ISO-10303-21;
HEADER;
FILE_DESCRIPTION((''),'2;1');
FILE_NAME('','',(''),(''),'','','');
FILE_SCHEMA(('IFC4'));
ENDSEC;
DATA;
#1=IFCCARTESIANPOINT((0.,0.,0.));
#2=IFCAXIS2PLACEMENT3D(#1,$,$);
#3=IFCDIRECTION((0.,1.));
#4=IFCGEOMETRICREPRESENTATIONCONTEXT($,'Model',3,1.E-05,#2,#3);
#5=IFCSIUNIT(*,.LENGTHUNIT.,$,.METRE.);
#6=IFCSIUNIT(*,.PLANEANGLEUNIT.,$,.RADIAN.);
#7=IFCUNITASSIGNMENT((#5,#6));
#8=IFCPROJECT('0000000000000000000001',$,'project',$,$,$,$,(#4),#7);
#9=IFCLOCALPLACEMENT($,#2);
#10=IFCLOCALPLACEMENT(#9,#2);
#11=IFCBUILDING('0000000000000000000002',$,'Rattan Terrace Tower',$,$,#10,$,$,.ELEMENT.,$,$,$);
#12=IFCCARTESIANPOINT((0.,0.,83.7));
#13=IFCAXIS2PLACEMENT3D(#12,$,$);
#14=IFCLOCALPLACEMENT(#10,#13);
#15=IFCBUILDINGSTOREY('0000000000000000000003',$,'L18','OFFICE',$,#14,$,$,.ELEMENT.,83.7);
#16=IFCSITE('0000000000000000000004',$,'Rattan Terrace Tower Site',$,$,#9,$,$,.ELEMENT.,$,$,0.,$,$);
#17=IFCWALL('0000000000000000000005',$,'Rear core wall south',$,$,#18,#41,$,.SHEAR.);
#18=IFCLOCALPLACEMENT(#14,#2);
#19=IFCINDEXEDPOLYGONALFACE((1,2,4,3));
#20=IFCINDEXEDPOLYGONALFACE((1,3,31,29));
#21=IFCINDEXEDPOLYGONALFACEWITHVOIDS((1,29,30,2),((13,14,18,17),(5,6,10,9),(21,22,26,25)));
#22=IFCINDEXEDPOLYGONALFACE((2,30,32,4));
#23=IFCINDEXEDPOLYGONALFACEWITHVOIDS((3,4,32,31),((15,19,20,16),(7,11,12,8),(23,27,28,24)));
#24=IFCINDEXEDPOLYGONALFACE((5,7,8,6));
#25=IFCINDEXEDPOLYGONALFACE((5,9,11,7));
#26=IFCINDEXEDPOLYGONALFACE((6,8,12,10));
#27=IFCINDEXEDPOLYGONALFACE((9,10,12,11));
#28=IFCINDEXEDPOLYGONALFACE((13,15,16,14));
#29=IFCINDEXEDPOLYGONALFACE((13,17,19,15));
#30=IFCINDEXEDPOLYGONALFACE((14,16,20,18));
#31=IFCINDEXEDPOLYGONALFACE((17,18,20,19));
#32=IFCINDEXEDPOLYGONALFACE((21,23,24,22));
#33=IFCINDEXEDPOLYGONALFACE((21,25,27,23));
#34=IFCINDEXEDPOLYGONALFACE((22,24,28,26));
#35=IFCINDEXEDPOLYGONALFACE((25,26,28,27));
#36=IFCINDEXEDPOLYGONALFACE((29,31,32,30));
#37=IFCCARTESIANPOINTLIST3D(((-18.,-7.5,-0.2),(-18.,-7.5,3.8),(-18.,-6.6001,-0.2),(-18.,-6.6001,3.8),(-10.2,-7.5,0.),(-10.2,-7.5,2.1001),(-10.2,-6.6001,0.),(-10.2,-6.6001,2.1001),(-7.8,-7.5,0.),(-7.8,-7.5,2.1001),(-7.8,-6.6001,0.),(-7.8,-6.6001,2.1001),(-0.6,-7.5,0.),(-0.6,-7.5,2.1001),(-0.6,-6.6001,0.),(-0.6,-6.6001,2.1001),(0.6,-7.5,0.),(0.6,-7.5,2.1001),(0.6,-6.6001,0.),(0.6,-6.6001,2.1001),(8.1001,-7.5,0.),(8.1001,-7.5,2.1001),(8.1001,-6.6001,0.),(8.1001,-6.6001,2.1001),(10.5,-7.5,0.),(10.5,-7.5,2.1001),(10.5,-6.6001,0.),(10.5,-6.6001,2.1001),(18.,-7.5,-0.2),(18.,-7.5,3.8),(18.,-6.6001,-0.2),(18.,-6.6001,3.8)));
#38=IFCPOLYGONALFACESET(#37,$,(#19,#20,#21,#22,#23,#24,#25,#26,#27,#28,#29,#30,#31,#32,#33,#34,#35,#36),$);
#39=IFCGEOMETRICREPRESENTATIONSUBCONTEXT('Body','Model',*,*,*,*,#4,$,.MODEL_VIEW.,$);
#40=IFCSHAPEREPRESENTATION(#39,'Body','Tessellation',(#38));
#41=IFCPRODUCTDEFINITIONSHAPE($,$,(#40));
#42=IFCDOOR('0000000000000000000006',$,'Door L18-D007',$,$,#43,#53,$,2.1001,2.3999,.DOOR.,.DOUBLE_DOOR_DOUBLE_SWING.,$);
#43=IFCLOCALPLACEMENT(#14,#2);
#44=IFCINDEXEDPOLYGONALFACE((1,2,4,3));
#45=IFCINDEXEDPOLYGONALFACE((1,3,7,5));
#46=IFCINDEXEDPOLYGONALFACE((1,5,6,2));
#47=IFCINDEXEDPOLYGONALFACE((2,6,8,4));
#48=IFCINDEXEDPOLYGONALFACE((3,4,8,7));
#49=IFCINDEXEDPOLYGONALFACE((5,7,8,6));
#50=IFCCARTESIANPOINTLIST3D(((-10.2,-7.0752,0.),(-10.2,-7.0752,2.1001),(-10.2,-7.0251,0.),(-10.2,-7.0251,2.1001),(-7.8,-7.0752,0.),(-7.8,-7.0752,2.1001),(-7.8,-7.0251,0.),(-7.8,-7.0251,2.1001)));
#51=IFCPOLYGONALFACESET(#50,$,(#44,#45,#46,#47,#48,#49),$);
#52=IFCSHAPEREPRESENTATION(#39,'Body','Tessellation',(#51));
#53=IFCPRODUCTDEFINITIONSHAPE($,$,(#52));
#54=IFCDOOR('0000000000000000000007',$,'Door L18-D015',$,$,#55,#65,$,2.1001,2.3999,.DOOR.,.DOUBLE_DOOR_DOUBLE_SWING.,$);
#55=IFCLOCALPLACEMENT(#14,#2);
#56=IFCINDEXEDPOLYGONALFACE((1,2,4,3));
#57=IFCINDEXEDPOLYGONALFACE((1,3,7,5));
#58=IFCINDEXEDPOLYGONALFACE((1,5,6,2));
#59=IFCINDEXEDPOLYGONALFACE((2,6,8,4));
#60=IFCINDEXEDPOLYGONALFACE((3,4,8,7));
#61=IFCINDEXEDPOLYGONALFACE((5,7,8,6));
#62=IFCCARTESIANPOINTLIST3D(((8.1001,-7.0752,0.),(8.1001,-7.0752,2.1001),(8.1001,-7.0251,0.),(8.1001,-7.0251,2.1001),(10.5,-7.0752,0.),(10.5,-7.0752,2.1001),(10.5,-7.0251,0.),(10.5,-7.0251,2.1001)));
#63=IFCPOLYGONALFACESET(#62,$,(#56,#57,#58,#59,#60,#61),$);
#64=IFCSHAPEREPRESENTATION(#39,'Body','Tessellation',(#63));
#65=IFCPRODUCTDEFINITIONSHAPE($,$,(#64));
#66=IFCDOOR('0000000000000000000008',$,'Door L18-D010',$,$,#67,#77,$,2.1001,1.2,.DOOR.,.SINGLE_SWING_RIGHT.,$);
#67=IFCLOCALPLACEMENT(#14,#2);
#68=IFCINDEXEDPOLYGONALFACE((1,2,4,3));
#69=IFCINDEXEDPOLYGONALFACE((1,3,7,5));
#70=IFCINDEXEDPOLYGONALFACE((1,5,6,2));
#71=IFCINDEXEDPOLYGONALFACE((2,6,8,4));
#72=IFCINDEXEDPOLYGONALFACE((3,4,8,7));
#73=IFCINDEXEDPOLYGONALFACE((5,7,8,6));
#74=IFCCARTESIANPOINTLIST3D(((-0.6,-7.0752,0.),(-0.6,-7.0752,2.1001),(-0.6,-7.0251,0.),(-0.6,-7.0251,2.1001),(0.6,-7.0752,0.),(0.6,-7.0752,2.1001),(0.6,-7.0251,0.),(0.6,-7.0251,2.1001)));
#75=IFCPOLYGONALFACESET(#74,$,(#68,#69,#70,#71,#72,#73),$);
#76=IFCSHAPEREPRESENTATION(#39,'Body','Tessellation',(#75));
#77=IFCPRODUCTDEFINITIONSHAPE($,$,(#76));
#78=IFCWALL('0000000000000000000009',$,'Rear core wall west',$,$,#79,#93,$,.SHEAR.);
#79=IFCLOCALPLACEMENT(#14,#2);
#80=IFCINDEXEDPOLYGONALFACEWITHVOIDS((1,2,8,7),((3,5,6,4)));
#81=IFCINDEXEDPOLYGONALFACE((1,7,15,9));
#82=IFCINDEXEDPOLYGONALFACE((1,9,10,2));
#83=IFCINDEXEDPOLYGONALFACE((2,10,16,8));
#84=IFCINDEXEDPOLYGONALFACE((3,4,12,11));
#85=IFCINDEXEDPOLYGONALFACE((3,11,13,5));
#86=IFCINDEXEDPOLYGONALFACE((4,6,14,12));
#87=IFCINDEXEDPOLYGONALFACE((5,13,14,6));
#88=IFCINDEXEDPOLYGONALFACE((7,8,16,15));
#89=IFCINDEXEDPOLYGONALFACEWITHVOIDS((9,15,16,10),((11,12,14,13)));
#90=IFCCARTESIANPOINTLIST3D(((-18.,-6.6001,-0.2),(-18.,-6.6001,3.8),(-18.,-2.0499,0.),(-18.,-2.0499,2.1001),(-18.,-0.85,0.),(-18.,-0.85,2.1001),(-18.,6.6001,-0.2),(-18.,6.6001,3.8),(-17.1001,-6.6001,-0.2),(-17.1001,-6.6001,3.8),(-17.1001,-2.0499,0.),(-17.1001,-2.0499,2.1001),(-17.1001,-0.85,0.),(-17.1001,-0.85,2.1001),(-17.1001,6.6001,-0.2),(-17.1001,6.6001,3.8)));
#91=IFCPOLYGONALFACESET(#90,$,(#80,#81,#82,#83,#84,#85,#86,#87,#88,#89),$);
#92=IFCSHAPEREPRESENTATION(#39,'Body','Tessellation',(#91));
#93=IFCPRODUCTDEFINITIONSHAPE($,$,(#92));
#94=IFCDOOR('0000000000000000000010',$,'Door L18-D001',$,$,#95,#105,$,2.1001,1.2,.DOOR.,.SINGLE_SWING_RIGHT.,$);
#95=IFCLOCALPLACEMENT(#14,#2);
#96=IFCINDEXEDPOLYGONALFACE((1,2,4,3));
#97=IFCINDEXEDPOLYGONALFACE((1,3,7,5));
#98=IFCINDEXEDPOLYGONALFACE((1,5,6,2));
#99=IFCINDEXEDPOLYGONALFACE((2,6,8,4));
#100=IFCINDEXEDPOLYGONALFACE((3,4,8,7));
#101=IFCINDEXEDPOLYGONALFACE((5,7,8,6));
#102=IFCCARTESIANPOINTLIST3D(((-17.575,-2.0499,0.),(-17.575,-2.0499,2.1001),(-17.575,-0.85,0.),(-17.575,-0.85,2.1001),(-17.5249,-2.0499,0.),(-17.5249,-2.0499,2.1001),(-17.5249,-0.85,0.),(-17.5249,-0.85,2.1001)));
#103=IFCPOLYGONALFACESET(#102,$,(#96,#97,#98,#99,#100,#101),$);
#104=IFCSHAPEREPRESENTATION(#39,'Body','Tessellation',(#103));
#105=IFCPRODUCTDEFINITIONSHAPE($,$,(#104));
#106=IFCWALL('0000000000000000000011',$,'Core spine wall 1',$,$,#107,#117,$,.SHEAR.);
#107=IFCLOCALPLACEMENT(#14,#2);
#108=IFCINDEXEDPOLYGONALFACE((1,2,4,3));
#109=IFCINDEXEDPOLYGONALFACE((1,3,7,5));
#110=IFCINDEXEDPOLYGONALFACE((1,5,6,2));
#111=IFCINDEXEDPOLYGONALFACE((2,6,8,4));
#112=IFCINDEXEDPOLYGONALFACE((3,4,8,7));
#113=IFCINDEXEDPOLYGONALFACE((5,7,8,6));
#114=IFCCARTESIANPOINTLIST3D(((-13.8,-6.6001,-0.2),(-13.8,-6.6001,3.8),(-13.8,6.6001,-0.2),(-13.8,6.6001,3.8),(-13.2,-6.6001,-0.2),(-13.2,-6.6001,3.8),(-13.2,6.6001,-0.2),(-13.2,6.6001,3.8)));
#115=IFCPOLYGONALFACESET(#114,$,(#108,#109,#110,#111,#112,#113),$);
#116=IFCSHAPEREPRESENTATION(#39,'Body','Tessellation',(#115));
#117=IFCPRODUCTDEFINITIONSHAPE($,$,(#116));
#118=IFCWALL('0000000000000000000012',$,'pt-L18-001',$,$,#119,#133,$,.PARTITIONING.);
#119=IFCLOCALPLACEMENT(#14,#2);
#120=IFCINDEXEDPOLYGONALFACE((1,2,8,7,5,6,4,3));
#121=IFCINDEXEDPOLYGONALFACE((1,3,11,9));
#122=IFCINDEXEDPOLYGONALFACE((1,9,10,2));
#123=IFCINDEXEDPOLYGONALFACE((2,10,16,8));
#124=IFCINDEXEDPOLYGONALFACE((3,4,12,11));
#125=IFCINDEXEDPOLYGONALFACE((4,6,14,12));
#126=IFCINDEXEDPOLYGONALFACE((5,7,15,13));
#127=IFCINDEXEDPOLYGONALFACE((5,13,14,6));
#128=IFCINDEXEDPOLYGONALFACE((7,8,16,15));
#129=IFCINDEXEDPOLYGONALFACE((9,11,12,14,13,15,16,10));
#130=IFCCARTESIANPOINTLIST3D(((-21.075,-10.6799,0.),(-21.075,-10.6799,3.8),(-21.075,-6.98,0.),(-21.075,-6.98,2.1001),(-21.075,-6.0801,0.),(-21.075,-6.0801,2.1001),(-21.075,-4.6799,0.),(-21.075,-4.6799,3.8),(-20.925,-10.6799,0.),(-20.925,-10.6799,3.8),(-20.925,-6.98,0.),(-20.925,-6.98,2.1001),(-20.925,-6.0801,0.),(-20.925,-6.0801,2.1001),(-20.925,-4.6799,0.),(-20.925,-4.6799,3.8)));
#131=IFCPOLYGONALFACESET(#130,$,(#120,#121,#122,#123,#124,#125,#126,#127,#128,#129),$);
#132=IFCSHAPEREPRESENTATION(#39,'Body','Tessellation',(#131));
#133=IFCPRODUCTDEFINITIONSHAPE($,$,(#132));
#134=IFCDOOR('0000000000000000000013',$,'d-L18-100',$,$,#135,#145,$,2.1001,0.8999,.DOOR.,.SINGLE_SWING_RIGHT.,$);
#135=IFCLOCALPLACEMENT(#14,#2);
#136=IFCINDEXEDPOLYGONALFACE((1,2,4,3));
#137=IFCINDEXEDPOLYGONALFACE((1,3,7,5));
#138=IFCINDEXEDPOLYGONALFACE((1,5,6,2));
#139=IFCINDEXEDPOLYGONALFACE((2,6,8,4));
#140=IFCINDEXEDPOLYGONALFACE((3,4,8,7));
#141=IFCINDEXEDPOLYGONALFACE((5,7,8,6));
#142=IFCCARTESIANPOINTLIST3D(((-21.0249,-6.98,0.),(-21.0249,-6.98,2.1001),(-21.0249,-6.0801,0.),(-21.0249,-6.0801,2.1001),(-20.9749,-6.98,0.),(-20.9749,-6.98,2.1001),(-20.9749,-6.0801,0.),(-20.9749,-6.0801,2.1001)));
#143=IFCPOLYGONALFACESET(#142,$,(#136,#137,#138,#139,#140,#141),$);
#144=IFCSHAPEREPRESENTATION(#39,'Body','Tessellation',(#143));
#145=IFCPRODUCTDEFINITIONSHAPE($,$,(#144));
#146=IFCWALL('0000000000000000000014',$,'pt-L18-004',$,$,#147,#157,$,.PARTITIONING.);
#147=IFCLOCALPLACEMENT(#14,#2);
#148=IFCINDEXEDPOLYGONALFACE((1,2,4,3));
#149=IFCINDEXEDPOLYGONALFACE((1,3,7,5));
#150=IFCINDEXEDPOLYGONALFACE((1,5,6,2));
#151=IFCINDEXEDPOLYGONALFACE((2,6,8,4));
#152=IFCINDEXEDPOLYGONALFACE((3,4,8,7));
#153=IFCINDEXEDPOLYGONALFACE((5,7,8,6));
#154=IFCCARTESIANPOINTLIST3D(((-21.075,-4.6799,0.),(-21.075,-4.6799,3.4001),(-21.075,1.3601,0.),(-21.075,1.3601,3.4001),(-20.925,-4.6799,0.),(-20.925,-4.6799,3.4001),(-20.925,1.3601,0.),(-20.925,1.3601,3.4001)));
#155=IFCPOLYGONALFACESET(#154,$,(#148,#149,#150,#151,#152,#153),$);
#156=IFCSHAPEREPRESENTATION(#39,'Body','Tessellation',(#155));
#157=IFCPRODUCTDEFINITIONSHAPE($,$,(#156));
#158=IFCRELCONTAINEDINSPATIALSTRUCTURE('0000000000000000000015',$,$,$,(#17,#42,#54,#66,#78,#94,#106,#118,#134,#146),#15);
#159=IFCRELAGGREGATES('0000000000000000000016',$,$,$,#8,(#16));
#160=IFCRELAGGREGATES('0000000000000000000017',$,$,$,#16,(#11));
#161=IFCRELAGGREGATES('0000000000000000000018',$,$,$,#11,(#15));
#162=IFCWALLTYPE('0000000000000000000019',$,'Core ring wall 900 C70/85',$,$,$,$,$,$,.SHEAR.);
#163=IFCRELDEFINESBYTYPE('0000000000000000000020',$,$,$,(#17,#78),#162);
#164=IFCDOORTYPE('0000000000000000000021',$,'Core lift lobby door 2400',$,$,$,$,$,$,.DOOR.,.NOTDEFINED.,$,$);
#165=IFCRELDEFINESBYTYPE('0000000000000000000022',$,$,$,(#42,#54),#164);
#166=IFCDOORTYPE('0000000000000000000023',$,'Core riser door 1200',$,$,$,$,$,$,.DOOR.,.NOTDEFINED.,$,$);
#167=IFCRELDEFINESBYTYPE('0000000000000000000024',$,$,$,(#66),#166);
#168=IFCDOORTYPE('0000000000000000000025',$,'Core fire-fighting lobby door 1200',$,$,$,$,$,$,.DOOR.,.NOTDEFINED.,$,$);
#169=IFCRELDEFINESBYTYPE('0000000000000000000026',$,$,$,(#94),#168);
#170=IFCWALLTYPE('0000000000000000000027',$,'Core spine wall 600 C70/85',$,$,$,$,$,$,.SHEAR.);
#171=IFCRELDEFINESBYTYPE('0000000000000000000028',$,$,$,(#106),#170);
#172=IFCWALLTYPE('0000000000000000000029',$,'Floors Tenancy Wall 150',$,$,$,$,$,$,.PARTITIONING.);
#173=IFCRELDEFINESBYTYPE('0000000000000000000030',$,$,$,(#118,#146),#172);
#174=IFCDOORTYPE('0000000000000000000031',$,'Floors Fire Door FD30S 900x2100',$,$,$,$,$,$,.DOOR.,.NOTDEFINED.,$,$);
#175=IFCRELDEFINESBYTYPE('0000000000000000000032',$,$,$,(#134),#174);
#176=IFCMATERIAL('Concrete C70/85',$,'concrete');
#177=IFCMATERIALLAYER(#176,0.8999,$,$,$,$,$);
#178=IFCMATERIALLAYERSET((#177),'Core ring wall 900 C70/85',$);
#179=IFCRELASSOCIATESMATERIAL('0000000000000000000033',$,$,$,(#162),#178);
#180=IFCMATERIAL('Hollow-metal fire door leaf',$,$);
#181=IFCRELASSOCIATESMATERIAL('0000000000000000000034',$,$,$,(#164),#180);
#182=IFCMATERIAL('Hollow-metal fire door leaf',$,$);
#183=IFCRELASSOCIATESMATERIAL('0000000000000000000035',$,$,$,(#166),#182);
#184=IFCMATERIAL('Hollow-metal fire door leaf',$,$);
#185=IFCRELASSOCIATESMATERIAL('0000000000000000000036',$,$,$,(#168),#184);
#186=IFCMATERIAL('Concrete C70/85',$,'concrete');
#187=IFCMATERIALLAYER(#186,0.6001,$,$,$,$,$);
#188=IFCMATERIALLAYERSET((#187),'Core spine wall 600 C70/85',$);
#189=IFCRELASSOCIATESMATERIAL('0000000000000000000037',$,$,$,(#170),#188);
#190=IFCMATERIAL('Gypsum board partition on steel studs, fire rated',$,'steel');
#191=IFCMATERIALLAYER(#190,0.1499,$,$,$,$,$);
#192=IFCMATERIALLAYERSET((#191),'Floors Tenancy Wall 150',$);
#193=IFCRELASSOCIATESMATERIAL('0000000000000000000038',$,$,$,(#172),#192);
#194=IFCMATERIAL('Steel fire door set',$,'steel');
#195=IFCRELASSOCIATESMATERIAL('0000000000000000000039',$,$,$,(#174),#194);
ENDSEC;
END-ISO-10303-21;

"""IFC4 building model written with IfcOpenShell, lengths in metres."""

from ifc_helpers import new_model, si_unit, direction, frame, frame_2d, origin, place, context, subcontext, project, spatial, rectangle, extrude, material, layer, layer_set, type_object, element, fill, save


model = new_model("IFC4")

# Units and contexts
model_context = context("Model", 3, precision=1e-05, world=origin(), true_north=direction((0.0, 1.0)))
body_context = subcontext(model_context, "Body", "Model", "MODEL_VIEW")
ifc_project = project(units=[si_unit("LENGTHUNIT", "METRE"), si_unit("PLANEANGLEUNIT", "RADIAN")], contexts=[model_context])

# Site, building, storey
site_placement = place(None, origin())
site = spatial("IfcSite", under=ifc_project, at=site_placement, Name="Rattan Terrace Tower Site", CompositionType="ELEMENT", RefElevation=0.0)
building_placement = place(site_placement, origin())
building = spatial("IfcBuilding", under=site, at=building_placement, Name="Rattan Terrace Tower", CompositionType="ELEMENT")
storey_placement = place(building_placement, frame((0.0, 0.0, 83.7)))
storey = spatial("IfcBuildingStorey", under=building, at=storey_placement, Name="L18", Description="OFFICE", CompositionType="ELEMENT", Elevation=83.7)

# Wall, openings, doors
ifc_material_1 = material(Name="Concrete C70/85", Category="concrete")
ifc_layer_1 = layer(ifc_material_1, 0.8999)
ifc_layer_set_1 = layer_set([ifc_layer_1], Name="Core ring wall 900 C70/85")
wall_type_1 = type_object("IfcWallType", Name="Core ring wall 900 C70/85", PredefinedType="SHEAR", material=ifc_layer_set_1)
wall_1_placement = place(storey_placement, frame((-18.0, -7.05, -0.2), z_axis=(0.0, 0.0, 1.0), x_axis=(1.0, 0.0, 0.0)))
wall_1 = element("IfcWall", 1, at=wall_1_placement, inside=storey, type_object=wall_type_1, Name="Rear core wall south", PredefinedType="SHEAR", context=body_context, shape_type="SweptSolid", body=[
    extrude(rectangle(XDim=36.0, YDim=0.8999, at=frame_2d((18.0, 0.0))), origin(), (0.0, 0.0, 1.0), 4.0),
])
opening_1_placement = place(wall_1_placement, frame((7.8, 0.0, 0.2)))
opening_1 = element("IfcOpeningElement", 2, at=opening_1_placement, cuts=wall_1, PredefinedType="OPENING", context=body_context, shape_type="SweptSolid", body=[
    extrude(rectangle(XDim=2.3999, YDim=2.1001, at=frame_2d((1.2, 1.05))), frame((0.0, 0.4604, 0.0), z_axis=(0.0, -1.0, 0.0), x_axis=(1.0, 0.0, 0.0)), (0.0, 0.0, 1.0), 0.9209),
])
opening_2_placement = place(wall_1_placement, frame((17.3999, 0.0, 0.2)))
opening_2 = element("IfcOpeningElement", 3, at=opening_2_placement, cuts=wall_1, PredefinedType="OPENING", context=body_context, shape_type="SweptSolid", body=[
    extrude(rectangle(XDim=1.2, YDim=2.1001, at=frame_2d((0.6001, 1.05))), frame((0.0, 0.4604, 0.0), z_axis=(0.0, -1.0, 0.0), x_axis=(1.0, 0.0, 0.0)), (0.0, 0.0, 1.0), 0.9209),
])
opening_3_placement = place(wall_1_placement, frame((26.1001, 0.0, 0.2)))
opening_3 = element("IfcOpeningElement", 4, at=opening_3_placement, cuts=wall_1, PredefinedType="OPENING", context=body_context, shape_type="SweptSolid", body=[
    extrude(rectangle(XDim=2.3999, YDim=2.1001, at=frame_2d((1.2, 1.05))), frame((0.0, 0.4604, 0.0), z_axis=(0.0, -1.0, 0.0), x_axis=(1.0, 0.0, 0.0)), (0.0, 0.0, 1.0), 0.9209),
])
ifc_material_2 = material(Name="Hollow-metal fire door leaf")
door_type_1 = type_object("IfcDoorType", Name="Core lift lobby door 2400", OperationType="NOTDEFINED", PredefinedType="DOOR", material=ifc_material_2)
door_1_placement = place(opening_1_placement, origin())
door_1 = element("IfcDoor", 5, at=door_1_placement, inside=storey, type_object=door_type_1, Name="Door L18-D007", OperationType="DOUBLE_DOOR_DOUBLE_SWING", OverallHeight=2.1001, OverallWidth=2.3999, PredefinedType="DOOR", context=body_context, shape_type="SweptSolid", body=[
    extrude(rectangle(XDim=2.3999, YDim=2.1001, at=frame_2d((1.2, 1.05))), frame((0.0, 0.0249, 0.0), z_axis=(0.0, -1.0, 0.0), x_axis=(1.0, 0.0, 0.0)), (0.0, 0.0, 1.0), 0.05),
])
fill(opening_1, door_1)
door_2_placement = place(opening_3_placement, origin())
door_2 = element("IfcDoor", 6, at=door_2_placement, inside=storey, type_object=door_type_1, Name="Door L18-D015", OperationType="DOUBLE_DOOR_DOUBLE_SWING", OverallHeight=2.1001, OverallWidth=2.3999, PredefinedType="DOOR", context=body_context, shape_type="SweptSolid", body=[
    extrude(rectangle(XDim=2.3999, YDim=2.1001, at=frame_2d((1.2, 1.05))), frame((0.0, 0.0249, 0.0), z_axis=(0.0, -1.0, 0.0), x_axis=(1.0, 0.0, 0.0)), (0.0, 0.0, 1.0), 0.05),
])
fill(opening_3, door_2)
ifc_material_3 = material(Name="Hollow-metal fire door leaf")
door_type_2 = type_object("IfcDoorType", Name="Core riser door 1200", OperationType="NOTDEFINED", PredefinedType="DOOR", material=ifc_material_3)
door_3_placement = place(opening_2_placement, origin())
door_3 = element("IfcDoor", 7, at=door_3_placement, inside=storey, type_object=door_type_2, Name="Door L18-D010", OperationType="SINGLE_SWING_RIGHT", OverallHeight=2.1001, OverallWidth=1.2, PredefinedType="DOOR", context=body_context, shape_type="SweptSolid", body=[
    extrude(rectangle(XDim=1.2, YDim=2.1001, at=frame_2d((0.6001, 1.05))), frame((0.0, 0.0249, 0.0), z_axis=(0.0, -1.0, 0.0), x_axis=(1.0, 0.0, 0.0)), (0.0, 0.0, 1.0), 0.05),
])
fill(opening_2, door_3)

# Wall, opening, door
wall_2_placement = place(storey_placement, frame((-17.55, -6.6001, -0.2), z_axis=(0.0, 0.0, 1.0), x_axis=(0.0, 1.0, 0.0)))
wall_2 = element("IfcWall", 8, at=wall_2_placement, inside=storey, type_object=wall_type_1, Name="Rear core wall west", PredefinedType="SHEAR", context=body_context, shape_type="SweptSolid", body=[
    extrude(rectangle(XDim=13.2002, YDim=0.8999, at=frame_2d((6.6001, 0.0))), origin(), (0.0, 0.0, 1.0), 4.0),
])
opening_4_placement = place(wall_2_placement, frame((4.55, 0.0, 0.2)))
opening_4 = element("IfcOpeningElement", 9, at=opening_4_placement, cuts=wall_2, PredefinedType="OPENING", context=body_context, shape_type="SweptSolid", body=[
    extrude(rectangle(XDim=1.2, YDim=2.1001, at=frame_2d((0.6001, 1.05))), frame((0.0, 0.4604, 0.0), z_axis=(0.0, -1.0, 0.0), x_axis=(1.0, 0.0, 0.0)), (0.0, 0.0, 1.0), 0.9209),
])
ifc_material_4 = material(Name="Hollow-metal fire door leaf")
door_type_3 = type_object("IfcDoorType", Name="Core fire-fighting lobby door 1200", OperationType="NOTDEFINED", PredefinedType="DOOR", material=ifc_material_4)
door_4_placement = place(opening_4_placement, origin())
door_4 = element("IfcDoor", 10, at=door_4_placement, inside=storey, type_object=door_type_3, Name="Door L18-D001", OperationType="SINGLE_SWING_RIGHT", OverallHeight=2.1001, OverallWidth=1.2, PredefinedType="DOOR", context=body_context, shape_type="SweptSolid", body=[
    extrude(rectangle(XDim=1.2, YDim=2.1001, at=frame_2d((0.6001, 1.05))), frame((0.0, 0.0249, 0.0), z_axis=(0.0, -1.0, 0.0), x_axis=(1.0, 0.0, 0.0)), (0.0, 0.0, 1.0), 0.05),
])
fill(opening_4, door_4)

# Wall
ifc_material_5 = material(Name="Concrete C70/85", Category="concrete")
ifc_layer_2 = layer(ifc_material_5, 0.6001)
ifc_layer_set_2 = layer_set([ifc_layer_2], Name="Core spine wall 600 C70/85")
wall_type_2 = type_object("IfcWallType", Name="Core spine wall 600 C70/85", PredefinedType="SHEAR", material=ifc_layer_set_2)
wall_3_placement = place(storey_placement, frame((-13.5, -6.6001, -0.2), z_axis=(0.0, 0.0, 1.0), x_axis=(0.0, 1.0, 0.0)))
element("IfcWall", 11, at=wall_3_placement, inside=storey, type_object=wall_type_2, Name="Core spine wall 1", PredefinedType="SHEAR", context=body_context, shape_type="SweptSolid", body=[
    extrude(rectangle(XDim=13.2002, YDim=0.6001, at=frame_2d((6.6001, 0.0))), origin(), (0.0, 0.0, 1.0), 4.0),
])

# Wall, opening, door
ifc_material_6 = material(Name="Gypsum board partition on steel studs, fire rated", Category="steel")
ifc_layer_3 = layer(ifc_material_6, 0.1499)
ifc_layer_set_3 = layer_set([ifc_layer_3], Name="Floors Tenancy Wall 150")
wall_type_3 = type_object("IfcWallType", Name="Floors Tenancy Wall 150", PredefinedType="PARTITIONING", material=ifc_layer_set_3)
wall_4_placement = place(storey_placement, frame((-21.0, -10.6799, 0.0), z_axis=(0.0, 0.0, 1.0), x_axis=(0.0, 1.0, 0.0)))
wall_4 = element("IfcWall", 12, at=wall_4_placement, inside=storey, type_object=wall_type_3, Name="pt-L18-001", PredefinedType="PARTITIONING", context=body_context, shape_type="SweptSolid", body=[
    extrude(rectangle(XDim=6.0, YDim=0.1499, at=frame_2d((3.0, 0.0))), origin(), (0.0, 0.0, 1.0), 3.8),
])
opening_5_placement = place(wall_4_placement, frame((3.7, 0.0, 0.0)))
opening_5 = element("IfcOpeningElement", 13, at=opening_5_placement, cuts=wall_4, PredefinedType="OPENING", context=body_context, shape_type="SweptSolid", body=[
    extrude(rectangle(XDim=0.8999, YDim=2.1001, at=frame_2d((0.45, 1.05))), frame((0.0, 0.0854, 0.0), z_axis=(0.0, -1.0, 0.0), x_axis=(1.0, 0.0, 0.0)), (0.0, 0.0, 1.0), 0.1709),
])
ifc_material_7 = material(Name="Steel fire door set", Category="steel")
door_type_4 = type_object("IfcDoorType", Name="Floors Fire Door FD30S 900x2100", OperationType="NOTDEFINED", PredefinedType="DOOR", material=ifc_material_7)
door_5_placement = place(opening_5_placement, origin())
door_5 = element("IfcDoor", 14, at=door_5_placement, inside=storey, type_object=door_type_4, Name="d-L18-100", OperationType="SINGLE_SWING_RIGHT", OverallHeight=2.1001, OverallWidth=0.8999, PredefinedType="DOOR", context=body_context, shape_type="SweptSolid", body=[
    extrude(rectangle(XDim=0.8999, YDim=2.1001, at=frame_2d((0.45, 1.05))), frame((0.0, 0.0249, 0.0), z_axis=(0.0, -1.0, 0.0), x_axis=(1.0, 0.0, 0.0)), (0.0, 0.0, 1.0), 0.05),
])
fill(opening_5, door_5)

# Wall
wall_5_placement = place(storey_placement, frame((-21.0, -4.6799, 0.0), z_axis=(0.0, 0.0, 1.0), x_axis=(0.0, 1.0, 0.0)))
element("IfcWall", 15, at=wall_5_placement, inside=storey, type_object=wall_type_3, Name="pt-L18-004", PredefinedType="PARTITIONING", context=body_context, shape_type="SweptSolid", body=[
    extrude(rectangle(XDim=6.04, YDim=0.1499, at=frame_2d((3.02, 0.0))), origin(), (0.0, 0.0, 1.0), 3.4001),
])

save(model, "model.ifc")
